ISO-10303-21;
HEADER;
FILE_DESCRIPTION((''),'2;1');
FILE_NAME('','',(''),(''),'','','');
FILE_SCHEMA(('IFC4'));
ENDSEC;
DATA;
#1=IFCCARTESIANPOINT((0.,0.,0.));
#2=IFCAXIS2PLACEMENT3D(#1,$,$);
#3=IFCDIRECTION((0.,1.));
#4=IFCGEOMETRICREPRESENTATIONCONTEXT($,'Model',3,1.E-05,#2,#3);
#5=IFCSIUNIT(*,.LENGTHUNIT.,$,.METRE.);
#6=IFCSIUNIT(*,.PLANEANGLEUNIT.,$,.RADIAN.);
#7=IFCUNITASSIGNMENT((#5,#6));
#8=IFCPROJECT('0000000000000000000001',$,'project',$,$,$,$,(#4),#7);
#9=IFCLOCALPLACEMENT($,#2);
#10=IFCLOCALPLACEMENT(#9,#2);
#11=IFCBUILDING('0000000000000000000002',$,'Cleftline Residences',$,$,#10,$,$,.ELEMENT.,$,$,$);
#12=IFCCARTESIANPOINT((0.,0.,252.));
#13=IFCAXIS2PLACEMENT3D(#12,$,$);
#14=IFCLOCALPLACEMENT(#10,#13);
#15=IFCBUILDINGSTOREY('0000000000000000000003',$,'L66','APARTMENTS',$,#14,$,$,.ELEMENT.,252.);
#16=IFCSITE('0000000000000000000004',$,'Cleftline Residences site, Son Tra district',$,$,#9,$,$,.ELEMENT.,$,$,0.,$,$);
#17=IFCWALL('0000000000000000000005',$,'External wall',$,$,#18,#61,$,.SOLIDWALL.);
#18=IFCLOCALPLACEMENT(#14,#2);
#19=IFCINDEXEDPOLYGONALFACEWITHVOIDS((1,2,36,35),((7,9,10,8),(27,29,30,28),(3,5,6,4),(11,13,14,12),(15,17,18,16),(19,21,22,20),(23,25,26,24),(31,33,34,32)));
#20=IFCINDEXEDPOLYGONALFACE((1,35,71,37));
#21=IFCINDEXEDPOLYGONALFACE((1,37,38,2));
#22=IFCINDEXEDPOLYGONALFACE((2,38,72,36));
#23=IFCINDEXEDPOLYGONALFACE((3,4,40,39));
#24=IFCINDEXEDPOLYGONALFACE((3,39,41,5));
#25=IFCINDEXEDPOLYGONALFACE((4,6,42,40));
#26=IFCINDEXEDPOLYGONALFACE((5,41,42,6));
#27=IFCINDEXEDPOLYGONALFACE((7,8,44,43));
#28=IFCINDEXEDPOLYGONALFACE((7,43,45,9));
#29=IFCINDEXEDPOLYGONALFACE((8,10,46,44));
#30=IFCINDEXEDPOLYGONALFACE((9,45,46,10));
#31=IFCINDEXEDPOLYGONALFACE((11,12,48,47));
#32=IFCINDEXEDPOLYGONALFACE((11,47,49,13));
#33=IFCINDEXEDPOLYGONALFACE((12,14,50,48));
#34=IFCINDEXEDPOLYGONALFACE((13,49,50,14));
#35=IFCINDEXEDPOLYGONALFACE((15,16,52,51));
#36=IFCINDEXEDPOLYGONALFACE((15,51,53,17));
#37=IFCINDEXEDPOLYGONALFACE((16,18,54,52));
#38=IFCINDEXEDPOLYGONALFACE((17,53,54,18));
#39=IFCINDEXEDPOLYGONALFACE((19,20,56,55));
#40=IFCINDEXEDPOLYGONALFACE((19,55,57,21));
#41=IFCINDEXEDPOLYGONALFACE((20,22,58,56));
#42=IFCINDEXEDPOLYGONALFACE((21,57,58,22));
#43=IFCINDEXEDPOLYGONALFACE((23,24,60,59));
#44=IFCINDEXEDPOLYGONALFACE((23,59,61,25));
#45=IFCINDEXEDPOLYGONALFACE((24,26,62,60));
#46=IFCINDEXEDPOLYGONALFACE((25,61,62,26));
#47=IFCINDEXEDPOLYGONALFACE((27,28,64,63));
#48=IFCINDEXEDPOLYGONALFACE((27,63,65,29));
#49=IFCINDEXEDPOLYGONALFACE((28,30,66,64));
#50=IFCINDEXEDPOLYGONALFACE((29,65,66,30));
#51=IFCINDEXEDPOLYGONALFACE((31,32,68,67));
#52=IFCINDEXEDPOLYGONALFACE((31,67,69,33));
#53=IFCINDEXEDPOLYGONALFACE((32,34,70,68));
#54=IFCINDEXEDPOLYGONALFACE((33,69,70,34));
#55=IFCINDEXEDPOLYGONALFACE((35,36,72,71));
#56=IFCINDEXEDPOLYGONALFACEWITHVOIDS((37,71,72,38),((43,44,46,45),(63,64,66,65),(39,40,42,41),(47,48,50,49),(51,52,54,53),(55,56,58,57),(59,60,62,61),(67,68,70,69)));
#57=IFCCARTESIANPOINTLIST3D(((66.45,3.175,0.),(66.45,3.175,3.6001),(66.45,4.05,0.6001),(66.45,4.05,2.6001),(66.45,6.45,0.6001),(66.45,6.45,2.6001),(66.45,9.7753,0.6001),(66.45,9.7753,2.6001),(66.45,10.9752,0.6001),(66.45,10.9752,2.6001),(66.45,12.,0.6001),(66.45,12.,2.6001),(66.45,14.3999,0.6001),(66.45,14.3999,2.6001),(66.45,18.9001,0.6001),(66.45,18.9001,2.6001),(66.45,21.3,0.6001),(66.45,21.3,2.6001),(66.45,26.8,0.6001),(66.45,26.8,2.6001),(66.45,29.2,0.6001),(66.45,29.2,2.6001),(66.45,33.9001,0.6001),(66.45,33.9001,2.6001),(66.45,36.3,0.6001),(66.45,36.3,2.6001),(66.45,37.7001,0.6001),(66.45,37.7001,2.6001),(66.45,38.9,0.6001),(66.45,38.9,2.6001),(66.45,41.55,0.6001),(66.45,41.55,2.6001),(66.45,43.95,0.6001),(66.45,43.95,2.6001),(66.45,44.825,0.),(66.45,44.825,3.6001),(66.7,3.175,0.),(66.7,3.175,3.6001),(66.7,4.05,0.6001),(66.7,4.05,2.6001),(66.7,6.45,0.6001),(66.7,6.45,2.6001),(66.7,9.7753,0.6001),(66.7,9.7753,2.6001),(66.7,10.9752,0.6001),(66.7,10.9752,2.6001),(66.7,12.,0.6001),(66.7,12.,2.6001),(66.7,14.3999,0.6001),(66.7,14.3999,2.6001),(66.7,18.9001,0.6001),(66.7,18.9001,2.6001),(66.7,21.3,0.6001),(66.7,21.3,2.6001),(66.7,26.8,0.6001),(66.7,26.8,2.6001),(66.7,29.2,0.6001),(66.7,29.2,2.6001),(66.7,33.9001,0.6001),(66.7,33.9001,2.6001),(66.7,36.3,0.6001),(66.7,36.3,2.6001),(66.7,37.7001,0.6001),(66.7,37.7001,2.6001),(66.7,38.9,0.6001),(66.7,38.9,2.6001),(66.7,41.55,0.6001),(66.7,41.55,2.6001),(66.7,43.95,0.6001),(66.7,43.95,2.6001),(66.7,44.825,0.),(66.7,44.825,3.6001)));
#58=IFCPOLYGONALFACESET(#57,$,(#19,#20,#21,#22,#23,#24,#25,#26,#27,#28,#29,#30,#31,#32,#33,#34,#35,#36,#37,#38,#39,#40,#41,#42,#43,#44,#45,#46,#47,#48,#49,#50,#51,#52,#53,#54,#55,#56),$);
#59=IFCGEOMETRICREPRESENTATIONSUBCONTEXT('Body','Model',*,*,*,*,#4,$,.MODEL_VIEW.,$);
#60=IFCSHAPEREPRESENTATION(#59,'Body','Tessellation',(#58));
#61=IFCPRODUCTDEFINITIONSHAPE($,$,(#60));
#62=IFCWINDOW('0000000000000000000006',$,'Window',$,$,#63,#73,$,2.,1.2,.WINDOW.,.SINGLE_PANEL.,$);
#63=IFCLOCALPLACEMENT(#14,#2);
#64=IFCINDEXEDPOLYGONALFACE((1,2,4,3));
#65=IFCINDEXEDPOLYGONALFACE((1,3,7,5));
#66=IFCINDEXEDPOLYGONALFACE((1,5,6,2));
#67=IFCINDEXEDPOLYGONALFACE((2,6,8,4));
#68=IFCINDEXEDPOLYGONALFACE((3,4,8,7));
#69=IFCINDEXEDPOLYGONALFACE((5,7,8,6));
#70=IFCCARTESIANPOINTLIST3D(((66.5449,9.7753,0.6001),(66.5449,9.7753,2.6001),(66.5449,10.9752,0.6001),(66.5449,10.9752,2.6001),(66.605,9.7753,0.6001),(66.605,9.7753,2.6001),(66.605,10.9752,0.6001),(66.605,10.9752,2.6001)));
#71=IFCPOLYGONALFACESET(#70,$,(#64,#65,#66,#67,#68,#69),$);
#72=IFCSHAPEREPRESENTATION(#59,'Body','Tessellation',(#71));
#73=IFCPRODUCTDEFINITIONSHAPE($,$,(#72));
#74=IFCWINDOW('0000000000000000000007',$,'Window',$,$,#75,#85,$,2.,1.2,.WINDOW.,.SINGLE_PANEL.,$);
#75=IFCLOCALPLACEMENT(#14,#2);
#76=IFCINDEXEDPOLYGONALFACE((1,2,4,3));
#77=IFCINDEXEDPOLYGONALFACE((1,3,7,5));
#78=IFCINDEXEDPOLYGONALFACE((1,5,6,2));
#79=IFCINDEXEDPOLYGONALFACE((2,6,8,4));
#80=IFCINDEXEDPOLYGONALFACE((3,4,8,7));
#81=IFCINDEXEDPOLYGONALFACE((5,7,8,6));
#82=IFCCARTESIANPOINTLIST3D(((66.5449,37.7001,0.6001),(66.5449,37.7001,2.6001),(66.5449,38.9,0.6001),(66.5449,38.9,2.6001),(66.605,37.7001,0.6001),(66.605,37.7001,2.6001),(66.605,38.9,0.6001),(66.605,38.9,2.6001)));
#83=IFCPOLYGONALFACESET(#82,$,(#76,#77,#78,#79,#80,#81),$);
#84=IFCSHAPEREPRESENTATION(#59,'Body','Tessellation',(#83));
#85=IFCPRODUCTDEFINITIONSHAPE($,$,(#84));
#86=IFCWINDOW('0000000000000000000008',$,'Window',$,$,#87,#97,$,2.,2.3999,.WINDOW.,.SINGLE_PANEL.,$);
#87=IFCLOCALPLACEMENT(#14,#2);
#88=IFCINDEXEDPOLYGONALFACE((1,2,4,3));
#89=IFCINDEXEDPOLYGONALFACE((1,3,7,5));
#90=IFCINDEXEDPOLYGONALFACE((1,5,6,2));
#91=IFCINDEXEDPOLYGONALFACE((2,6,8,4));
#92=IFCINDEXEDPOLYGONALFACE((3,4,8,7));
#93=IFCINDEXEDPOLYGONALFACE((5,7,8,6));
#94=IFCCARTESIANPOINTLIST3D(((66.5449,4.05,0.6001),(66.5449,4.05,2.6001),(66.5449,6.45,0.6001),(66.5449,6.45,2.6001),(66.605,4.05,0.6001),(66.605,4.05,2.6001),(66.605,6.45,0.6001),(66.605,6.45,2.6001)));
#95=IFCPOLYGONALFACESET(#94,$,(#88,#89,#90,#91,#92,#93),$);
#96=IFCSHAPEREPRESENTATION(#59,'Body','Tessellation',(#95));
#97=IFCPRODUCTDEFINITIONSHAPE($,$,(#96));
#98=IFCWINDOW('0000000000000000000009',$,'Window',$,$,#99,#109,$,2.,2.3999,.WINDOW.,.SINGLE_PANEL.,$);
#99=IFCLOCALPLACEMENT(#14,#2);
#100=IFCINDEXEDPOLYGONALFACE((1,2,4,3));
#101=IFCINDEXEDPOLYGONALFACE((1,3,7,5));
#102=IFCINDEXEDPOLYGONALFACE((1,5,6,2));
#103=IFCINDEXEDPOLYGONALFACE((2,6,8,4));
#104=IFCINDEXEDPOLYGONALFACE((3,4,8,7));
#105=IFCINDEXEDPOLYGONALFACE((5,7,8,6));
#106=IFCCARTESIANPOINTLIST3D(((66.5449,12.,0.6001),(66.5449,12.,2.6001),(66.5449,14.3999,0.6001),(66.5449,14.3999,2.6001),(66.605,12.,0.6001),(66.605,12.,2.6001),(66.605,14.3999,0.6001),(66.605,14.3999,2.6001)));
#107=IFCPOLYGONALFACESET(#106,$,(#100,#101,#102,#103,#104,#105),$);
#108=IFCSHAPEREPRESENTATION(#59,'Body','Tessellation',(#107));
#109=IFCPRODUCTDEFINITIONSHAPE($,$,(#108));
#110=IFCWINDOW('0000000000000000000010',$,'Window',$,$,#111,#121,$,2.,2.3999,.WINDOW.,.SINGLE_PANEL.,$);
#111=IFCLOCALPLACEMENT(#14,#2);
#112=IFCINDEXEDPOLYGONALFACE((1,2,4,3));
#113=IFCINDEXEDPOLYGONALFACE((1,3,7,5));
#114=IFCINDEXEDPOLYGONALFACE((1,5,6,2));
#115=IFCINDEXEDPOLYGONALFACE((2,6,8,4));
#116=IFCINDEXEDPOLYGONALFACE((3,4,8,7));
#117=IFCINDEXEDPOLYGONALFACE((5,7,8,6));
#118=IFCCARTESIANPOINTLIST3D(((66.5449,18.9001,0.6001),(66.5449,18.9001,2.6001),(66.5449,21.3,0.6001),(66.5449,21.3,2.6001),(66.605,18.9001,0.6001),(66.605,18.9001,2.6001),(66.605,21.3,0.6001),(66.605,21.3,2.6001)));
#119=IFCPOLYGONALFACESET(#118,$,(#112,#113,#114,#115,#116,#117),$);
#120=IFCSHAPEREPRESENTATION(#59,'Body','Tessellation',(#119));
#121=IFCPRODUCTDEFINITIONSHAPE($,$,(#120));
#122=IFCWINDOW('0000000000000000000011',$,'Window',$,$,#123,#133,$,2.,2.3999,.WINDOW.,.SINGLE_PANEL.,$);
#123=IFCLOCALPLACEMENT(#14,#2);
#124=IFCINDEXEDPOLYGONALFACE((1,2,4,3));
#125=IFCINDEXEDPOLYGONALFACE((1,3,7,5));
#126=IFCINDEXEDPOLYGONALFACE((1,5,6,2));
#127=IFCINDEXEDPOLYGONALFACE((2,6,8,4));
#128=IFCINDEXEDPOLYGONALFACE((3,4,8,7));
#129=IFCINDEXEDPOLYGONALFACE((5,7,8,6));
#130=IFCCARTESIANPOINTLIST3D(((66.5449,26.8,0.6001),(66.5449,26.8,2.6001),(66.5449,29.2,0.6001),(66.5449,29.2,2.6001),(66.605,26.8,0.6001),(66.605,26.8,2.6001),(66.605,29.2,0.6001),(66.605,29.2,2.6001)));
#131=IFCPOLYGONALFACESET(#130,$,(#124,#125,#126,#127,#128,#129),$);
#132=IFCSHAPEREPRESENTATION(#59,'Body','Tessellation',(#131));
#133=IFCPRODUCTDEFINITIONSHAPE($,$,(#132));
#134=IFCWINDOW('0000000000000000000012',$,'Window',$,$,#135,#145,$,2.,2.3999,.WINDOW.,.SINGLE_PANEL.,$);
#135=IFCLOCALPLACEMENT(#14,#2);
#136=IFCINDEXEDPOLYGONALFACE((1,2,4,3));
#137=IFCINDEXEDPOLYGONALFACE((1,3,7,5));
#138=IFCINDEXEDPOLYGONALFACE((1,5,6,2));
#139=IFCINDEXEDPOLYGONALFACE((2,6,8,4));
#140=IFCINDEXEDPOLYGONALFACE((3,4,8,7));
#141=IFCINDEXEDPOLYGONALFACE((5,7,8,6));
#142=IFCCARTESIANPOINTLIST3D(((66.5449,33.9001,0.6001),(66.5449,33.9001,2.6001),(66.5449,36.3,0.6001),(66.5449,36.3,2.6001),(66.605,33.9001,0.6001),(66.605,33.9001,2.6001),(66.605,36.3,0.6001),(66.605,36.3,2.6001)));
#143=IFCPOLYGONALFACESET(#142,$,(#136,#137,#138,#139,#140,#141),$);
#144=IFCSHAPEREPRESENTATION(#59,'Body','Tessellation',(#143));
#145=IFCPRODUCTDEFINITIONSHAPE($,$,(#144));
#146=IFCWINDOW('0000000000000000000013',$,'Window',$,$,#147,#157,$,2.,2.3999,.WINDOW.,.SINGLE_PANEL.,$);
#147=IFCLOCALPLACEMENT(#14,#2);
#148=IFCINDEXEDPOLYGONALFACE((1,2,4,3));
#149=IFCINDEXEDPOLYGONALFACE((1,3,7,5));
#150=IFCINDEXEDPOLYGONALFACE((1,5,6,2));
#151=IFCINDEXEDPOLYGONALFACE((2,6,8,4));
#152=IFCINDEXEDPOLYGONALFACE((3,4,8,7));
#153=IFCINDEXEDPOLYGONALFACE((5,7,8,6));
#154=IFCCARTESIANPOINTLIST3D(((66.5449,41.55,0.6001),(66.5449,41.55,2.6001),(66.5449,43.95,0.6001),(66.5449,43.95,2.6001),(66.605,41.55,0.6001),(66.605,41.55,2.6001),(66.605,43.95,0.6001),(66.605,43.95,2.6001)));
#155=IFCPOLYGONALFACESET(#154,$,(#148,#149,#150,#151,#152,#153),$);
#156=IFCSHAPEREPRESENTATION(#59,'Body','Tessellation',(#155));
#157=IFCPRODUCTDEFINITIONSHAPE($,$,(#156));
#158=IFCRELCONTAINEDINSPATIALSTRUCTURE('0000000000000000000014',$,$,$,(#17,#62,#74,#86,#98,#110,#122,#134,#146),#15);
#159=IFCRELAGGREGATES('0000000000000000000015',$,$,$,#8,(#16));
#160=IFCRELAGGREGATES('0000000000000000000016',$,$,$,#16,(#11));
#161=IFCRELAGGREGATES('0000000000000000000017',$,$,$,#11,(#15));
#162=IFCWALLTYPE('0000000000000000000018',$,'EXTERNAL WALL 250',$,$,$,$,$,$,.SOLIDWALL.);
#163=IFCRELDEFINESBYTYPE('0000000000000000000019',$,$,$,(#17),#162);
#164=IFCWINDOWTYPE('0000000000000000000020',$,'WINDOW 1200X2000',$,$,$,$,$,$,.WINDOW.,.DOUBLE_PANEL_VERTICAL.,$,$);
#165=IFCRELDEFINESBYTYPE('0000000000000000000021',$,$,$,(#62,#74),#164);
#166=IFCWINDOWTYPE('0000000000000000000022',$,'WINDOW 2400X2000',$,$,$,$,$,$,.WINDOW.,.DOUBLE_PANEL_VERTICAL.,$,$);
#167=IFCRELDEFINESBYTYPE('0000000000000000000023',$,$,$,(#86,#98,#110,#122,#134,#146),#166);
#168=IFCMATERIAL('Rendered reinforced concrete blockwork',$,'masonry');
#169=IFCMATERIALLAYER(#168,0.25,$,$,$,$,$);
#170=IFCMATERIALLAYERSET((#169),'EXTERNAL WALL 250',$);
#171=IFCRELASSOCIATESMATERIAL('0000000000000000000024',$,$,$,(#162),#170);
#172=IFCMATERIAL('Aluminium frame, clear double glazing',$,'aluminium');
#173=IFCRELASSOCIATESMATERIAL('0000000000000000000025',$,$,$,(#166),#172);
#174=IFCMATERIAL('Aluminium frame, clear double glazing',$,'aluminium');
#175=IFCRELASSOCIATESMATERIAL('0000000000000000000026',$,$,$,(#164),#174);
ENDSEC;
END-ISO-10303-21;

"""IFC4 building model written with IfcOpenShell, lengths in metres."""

from ifc_helpers import new_model, si_unit, direction, frame, frame_2d, origin, place, context, subcontext, project, spatial, rectangle, extrude, material, layer, layer_set, type_object, element, fill, save


model = new_model("IFC4")

# Units and contexts
model_context = context("Model", 3, precision=1e-05, world=origin(), true_north=direction((0.0, 1.0)))
body_context = subcontext(model_context, "Body", "Model", "MODEL_VIEW")
ifc_project = project(units=[si_unit("LENGTHUNIT", "METRE"), si_unit("PLANEANGLEUNIT", "RADIAN")], contexts=[model_context])

# Site, building, storey
site_placement = place(None, origin())
site = spatial("IfcSite", under=ifc_project, at=site_placement, Name="Cleftline Residences site, Son Tra district", CompositionType="ELEMENT", RefElevation=0.0)
building_placement = place(site_placement, origin())
building = spatial("IfcBuilding", under=site, at=building_placement, Name="Cleftline Residences", CompositionType="ELEMENT")
storey_placement = place(building_placement, frame((0.0, 0.0, 252.0)))
storey = spatial("IfcBuildingStorey", under=building, at=storey_placement, Name="L66", Description="APARTMENTS", CompositionType="ELEMENT", Elevation=252.0)

# Shared definitions
ifc_material_1 = material(Name="Rendered reinforced concrete blockwork", Category="masonry")
ifc_layer_1 = layer(ifc_material_1, 0.25)
ifc_layer_set_1 = layer_set([ifc_layer_1], Name="EXTERNAL WALL 250")
wall_type_1 = type_object("IfcWallType", Name="EXTERNAL WALL 250", PredefinedType="SOLIDWALL", material=ifc_layer_set_1)
ifc_material_2 = material(Name="Aluminium frame, clear double glazing", Category="aluminium")
window_type_1 = type_object("IfcWindowType", Name="WINDOW 2400X2000", PartitioningType="DOUBLE_PANEL_VERTICAL", PredefinedType="WINDOW", material=ifc_material_2)

# Wall, openings, windows
wall_1_placement = place(storey_placement, frame((66.575, 3.175, 0.0), z_axis=(0.0, 0.0, 1.0), x_axis=(0.0, 1.0, 0.0)))
wall_1 = element("IfcWall", 1, at=wall_1_placement, inside=storey, type_object=wall_type_1, Name="External wall", PredefinedType="SOLIDWALL", context=body_context, shape_type="SweptSolid", body=[
    extrude(rectangle(XDim=41.6499, YDim=0.25, at=frame_2d((20.825, 0.0))), origin(), (0.0, 0.0, 1.0), 3.6001),
])
opening_1_placement = place(wall_1_placement, frame((0.875, 0.0, 0.6001)))
opening_1 = element("IfcOpeningElement", 2, at=opening_1_placement, cuts=wall_1, PredefinedType="OPENING", context=body_context, shape_type="SweptSolid", body=[
    extrude(rectangle(XDim=2.3999, YDim=2.0, at=frame_2d((1.2, 1.0))), frame((0.0, 0.135, 0.0), z_axis=(0.0, -1.0, 0.0), x_axis=(1.0, 0.0, 0.0)), (0.0, 0.0, 1.0), 0.27),
])
opening_2_placement = place(wall_1_placement, frame((6.6001, 0.0, 0.6001)))
opening_2 = element("IfcOpeningElement", 3, at=opening_2_placement, cuts=wall_1, PredefinedType="OPENING", context=body_context, shape_type="SweptSolid", body=[
    extrude(rectangle(XDim=1.2, YDim=2.0, at=frame_2d((0.6001, 1.0))), frame((0.0, 0.135, 0.0), z_axis=(0.0, -1.0, 0.0), x_axis=(1.0, 0.0, 0.0)), (0.0, 0.0, 1.0), 0.27),
])
opening_3_placement = place(wall_1_placement, frame((8.825, 0.0, 0.6001)))
opening_3 = element("IfcOpeningElement", 4, at=opening_3_placement, cuts=wall_1, PredefinedType="OPENING", context=body_context, shape_type="SweptSolid", body=[
    extrude(rectangle(XDim=2.3999, YDim=2.0, at=frame_2d((1.2, 1.0))), frame((0.0, 0.135, 0.0), z_axis=(0.0, -1.0, 0.0), x_axis=(1.0, 0.0, 0.0)), (0.0, 0.0, 1.0), 0.27),
])
opening_4_placement = place(wall_1_placement, frame((15.7251, 0.0, 0.6001)))
opening_4 = element("IfcOpeningElement", 5, at=opening_4_placement, cuts=wall_1, PredefinedType="OPENING", context=body_context, shape_type="SweptSolid", body=[
    extrude(rectangle(XDim=2.3999, YDim=2.0, at=frame_2d((1.2, 1.0))), frame((0.0, 0.135, 0.0), z_axis=(0.0, -1.0, 0.0), x_axis=(1.0, 0.0, 0.0)), (0.0, 0.0, 1.0), 0.27),
])
opening_5_placement = place(wall_1_placement, frame((23.625, 0.0, 0.6001)))
opening_5 = element("IfcOpeningElement", 6, at=opening_5_placement, cuts=wall_1, PredefinedType="OPENING", context=body_context, shape_type="SweptSolid", body=[
    extrude(rectangle(XDim=2.3999, YDim=2.0, at=frame_2d((1.2, 1.0))), frame((0.0, 0.135, 0.0), z_axis=(0.0, -1.0, 0.0), x_axis=(1.0, 0.0, 0.0)), (0.0, 0.0, 1.0), 0.27),
])
opening_6_placement = place(wall_1_placement, frame((30.7251, 0.0, 0.6001)))
opening_6 = element("IfcOpeningElement", 7, at=opening_6_placement, cuts=wall_1, PredefinedType="OPENING", context=body_context, shape_type="SweptSolid", body=[
    extrude(rectangle(XDim=2.3999, YDim=2.0, at=frame_2d((1.2, 1.0))), frame((0.0, 0.135, 0.0), z_axis=(0.0, -1.0, 0.0), x_axis=(1.0, 0.0, 0.0)), (0.0, 0.0, 1.0), 0.27),
])
opening_7_placement = place(wall_1_placement, frame((34.5249, 0.0, 0.6001)))
opening_7 = element("IfcOpeningElement", 8, at=opening_7_placement, cuts=wall_1, PredefinedType="OPENING", context=body_context, shape_type="SweptSolid", body=[
    extrude(rectangle(XDim=1.2, YDim=2.0, at=frame_2d((0.6001, 1.0))), frame((0.0, 0.135, 0.0), z_axis=(0.0, -1.0, 0.0), x_axis=(1.0, 0.0, 0.0)), (0.0, 0.0, 1.0), 0.27),
])
opening_8_placement = place(wall_1_placement, frame((38.375, 0.0, 0.6001)))
opening_8 = element("IfcOpeningElement", 9, at=opening_8_placement, cuts=wall_1, PredefinedType="OPENING", context=body_context, shape_type="SweptSolid", body=[
    extrude(rectangle(XDim=2.3999, YDim=2.0, at=frame_2d((1.2, 1.0))), frame((0.0, 0.135, 0.0), z_axis=(0.0, -1.0, 0.0), x_axis=(1.0, 0.0, 0.0)), (0.0, 0.0, 1.0), 0.27),
])
ifc_material_3 = material(Name="Aluminium frame, clear double glazing", Category="aluminium")
window_type_2 = type_object("IfcWindowType", Name="WINDOW 1200X2000", PartitioningType="DOUBLE_PANEL_VERTICAL", PredefinedType="WINDOW", material=ifc_material_3)
window_1_placement = place(opening_2_placement, origin())
window_1 = element("IfcWindow", 10, at=window_1_placement, inside=storey, type_object=window_type_2, Name="Window", OverallHeight=2.0, OverallWidth=1.2, PartitioningType="SINGLE_PANEL", PredefinedType="WINDOW", context=body_context, shape_type="SweptSolid", body=[
    extrude(rectangle(XDim=1.2, YDim=2.0, at=frame_2d((0.6001, 1.0))), frame((0.0, 0.03, 0.0), z_axis=(0.0, -1.0, 0.0), x_axis=(1.0, 0.0, 0.0)), (0.0, 0.0, 1.0), 0.0601),
])
fill(opening_2, window_1)
window_2_placement = place(opening_7_placement, origin())
window_2 = element("IfcWindow", 11, at=window_2_placement, inside=storey, type_object=window_type_2, Name="Window", OverallHeight=2.0, OverallWidth=1.2, PartitioningType="SINGLE_PANEL", PredefinedType="WINDOW", context=body_context, shape_type="SweptSolid", body=[
    extrude(rectangle(XDim=1.2, YDim=2.0, at=frame_2d((0.6001, 1.0))), frame((0.0, 0.03, 0.0), z_axis=(0.0, -1.0, 0.0), x_axis=(1.0, 0.0, 0.0)), (0.0, 0.0, 1.0), 0.0601),
])
fill(opening_7, window_2)
window_3_placement = place(opening_1_placement, origin())
window_3 = element("IfcWindow", 12, at=window_3_placement, inside=storey, type_object=window_type_1, Name="Window", OverallHeight=2.0, OverallWidth=2.3999, PartitioningType="SINGLE_PANEL", PredefinedType="WINDOW", context=body_context, shape_type="SweptSolid", body=[
    extrude(rectangle(XDim=2.3999, YDim=2.0, at=frame_2d((1.2, 1.0))), frame((0.0, 0.03, 0.0), z_axis=(0.0, -1.0, 0.0), x_axis=(1.0, 0.0, 0.0)), (0.0, 0.0, 1.0), 0.0601),
])
fill(opening_1, window_3)
window_4_placement = place(opening_3_placement, origin())
window_4 = element("IfcWindow", 13, at=window_4_placement, inside=storey, type_object=window_type_1, Name="Window", OverallHeight=2.0, OverallWidth=2.3999, PartitioningType="SINGLE_PANEL", PredefinedType="WINDOW", context=body_context, shape_type="SweptSolid", body=[
    extrude(rectangle(XDim=2.3999, YDim=2.0, at=frame_2d((1.2, 1.0))), frame((0.0, 0.03, 0.0), z_axis=(0.0, -1.0, 0.0), x_axis=(1.0, 0.0, 0.0)), (0.0, 0.0, 1.0), 0.0601),
])
fill(opening_3, window_4)
window_5_placement = place(opening_4_placement, origin())
window_5 = element("IfcWindow", 14, at=window_5_placement, inside=storey, type_object=window_type_1, Name="Window", OverallHeight=2.0, OverallWidth=2.3999, PartitioningType="SINGLE_PANEL", PredefinedType="WINDOW", context=body_context, shape_type="SweptSolid", body=[
    extrude(rectangle(XDim=2.3999, YDim=2.0, at=frame_2d((1.2, 1.0))), frame((0.0, 0.03, 0.0), z_axis=(0.0, -1.0, 0.0), x_axis=(1.0, 0.0, 0.0)), (0.0, 0.0, 1.0), 0.0601),
])
fill(opening_4, window_5)
window_6_placement = place(opening_5_placement, origin())
window_6 = element("IfcWindow", 15, at=window_6_placement, inside=storey, type_object=window_type_1, Name="Window", OverallHeight=2.0, OverallWidth=2.3999, PartitioningType="SINGLE_PANEL", PredefinedType="WINDOW", context=body_context, shape_type="SweptSolid", body=[
    extrude(rectangle(XDim=2.3999, YDim=2.0, at=frame_2d((1.2, 1.0))), frame((0.0, 0.03, 0.0), z_axis=(0.0, -1.0, 0.0), x_axis=(1.0, 0.0, 0.0)), (0.0, 0.0, 1.0), 0.0601),
])
fill(opening_5, window_6)
window_7_placement = place(opening_6_placement, origin())
window_7 = element("IfcWindow", 16, at=window_7_placement, inside=storey, type_object=window_type_1, Name="Window", OverallHeight=2.0, OverallWidth=2.3999, PartitioningType="SINGLE_PANEL", PredefinedType="WINDOW", context=body_context, shape_type="SweptSolid", body=[
    extrude(rectangle(XDim=2.3999, YDim=2.0, at=frame_2d((1.2, 1.0))), frame((0.0, 0.03, 0.0), z_axis=(0.0, -1.0, 0.0), x_axis=(1.0, 0.0, 0.0)), (0.0, 0.0, 1.0), 0.0601),
])
fill(opening_6, window_7)
window_8_placement = place(opening_8_placement, origin())
window_8 = element("IfcWindow", 17, at=window_8_placement, inside=storey, type_object=window_type_1, Name="Window", OverallHeight=2.0, OverallWidth=2.3999, PartitioningType="SINGLE_PANEL", PredefinedType="WINDOW", context=body_context, shape_type="SweptSolid", body=[
    extrude(rectangle(XDim=2.3999, YDim=2.0, at=frame_2d((1.2, 1.0))), frame((0.0, 0.03, 0.0), z_axis=(0.0, -1.0, 0.0), x_axis=(1.0, 0.0, 0.0)), (0.0, 0.0, 1.0), 0.0601),
])
fill(opening_8, window_8)

save(model, "model.ifc")
